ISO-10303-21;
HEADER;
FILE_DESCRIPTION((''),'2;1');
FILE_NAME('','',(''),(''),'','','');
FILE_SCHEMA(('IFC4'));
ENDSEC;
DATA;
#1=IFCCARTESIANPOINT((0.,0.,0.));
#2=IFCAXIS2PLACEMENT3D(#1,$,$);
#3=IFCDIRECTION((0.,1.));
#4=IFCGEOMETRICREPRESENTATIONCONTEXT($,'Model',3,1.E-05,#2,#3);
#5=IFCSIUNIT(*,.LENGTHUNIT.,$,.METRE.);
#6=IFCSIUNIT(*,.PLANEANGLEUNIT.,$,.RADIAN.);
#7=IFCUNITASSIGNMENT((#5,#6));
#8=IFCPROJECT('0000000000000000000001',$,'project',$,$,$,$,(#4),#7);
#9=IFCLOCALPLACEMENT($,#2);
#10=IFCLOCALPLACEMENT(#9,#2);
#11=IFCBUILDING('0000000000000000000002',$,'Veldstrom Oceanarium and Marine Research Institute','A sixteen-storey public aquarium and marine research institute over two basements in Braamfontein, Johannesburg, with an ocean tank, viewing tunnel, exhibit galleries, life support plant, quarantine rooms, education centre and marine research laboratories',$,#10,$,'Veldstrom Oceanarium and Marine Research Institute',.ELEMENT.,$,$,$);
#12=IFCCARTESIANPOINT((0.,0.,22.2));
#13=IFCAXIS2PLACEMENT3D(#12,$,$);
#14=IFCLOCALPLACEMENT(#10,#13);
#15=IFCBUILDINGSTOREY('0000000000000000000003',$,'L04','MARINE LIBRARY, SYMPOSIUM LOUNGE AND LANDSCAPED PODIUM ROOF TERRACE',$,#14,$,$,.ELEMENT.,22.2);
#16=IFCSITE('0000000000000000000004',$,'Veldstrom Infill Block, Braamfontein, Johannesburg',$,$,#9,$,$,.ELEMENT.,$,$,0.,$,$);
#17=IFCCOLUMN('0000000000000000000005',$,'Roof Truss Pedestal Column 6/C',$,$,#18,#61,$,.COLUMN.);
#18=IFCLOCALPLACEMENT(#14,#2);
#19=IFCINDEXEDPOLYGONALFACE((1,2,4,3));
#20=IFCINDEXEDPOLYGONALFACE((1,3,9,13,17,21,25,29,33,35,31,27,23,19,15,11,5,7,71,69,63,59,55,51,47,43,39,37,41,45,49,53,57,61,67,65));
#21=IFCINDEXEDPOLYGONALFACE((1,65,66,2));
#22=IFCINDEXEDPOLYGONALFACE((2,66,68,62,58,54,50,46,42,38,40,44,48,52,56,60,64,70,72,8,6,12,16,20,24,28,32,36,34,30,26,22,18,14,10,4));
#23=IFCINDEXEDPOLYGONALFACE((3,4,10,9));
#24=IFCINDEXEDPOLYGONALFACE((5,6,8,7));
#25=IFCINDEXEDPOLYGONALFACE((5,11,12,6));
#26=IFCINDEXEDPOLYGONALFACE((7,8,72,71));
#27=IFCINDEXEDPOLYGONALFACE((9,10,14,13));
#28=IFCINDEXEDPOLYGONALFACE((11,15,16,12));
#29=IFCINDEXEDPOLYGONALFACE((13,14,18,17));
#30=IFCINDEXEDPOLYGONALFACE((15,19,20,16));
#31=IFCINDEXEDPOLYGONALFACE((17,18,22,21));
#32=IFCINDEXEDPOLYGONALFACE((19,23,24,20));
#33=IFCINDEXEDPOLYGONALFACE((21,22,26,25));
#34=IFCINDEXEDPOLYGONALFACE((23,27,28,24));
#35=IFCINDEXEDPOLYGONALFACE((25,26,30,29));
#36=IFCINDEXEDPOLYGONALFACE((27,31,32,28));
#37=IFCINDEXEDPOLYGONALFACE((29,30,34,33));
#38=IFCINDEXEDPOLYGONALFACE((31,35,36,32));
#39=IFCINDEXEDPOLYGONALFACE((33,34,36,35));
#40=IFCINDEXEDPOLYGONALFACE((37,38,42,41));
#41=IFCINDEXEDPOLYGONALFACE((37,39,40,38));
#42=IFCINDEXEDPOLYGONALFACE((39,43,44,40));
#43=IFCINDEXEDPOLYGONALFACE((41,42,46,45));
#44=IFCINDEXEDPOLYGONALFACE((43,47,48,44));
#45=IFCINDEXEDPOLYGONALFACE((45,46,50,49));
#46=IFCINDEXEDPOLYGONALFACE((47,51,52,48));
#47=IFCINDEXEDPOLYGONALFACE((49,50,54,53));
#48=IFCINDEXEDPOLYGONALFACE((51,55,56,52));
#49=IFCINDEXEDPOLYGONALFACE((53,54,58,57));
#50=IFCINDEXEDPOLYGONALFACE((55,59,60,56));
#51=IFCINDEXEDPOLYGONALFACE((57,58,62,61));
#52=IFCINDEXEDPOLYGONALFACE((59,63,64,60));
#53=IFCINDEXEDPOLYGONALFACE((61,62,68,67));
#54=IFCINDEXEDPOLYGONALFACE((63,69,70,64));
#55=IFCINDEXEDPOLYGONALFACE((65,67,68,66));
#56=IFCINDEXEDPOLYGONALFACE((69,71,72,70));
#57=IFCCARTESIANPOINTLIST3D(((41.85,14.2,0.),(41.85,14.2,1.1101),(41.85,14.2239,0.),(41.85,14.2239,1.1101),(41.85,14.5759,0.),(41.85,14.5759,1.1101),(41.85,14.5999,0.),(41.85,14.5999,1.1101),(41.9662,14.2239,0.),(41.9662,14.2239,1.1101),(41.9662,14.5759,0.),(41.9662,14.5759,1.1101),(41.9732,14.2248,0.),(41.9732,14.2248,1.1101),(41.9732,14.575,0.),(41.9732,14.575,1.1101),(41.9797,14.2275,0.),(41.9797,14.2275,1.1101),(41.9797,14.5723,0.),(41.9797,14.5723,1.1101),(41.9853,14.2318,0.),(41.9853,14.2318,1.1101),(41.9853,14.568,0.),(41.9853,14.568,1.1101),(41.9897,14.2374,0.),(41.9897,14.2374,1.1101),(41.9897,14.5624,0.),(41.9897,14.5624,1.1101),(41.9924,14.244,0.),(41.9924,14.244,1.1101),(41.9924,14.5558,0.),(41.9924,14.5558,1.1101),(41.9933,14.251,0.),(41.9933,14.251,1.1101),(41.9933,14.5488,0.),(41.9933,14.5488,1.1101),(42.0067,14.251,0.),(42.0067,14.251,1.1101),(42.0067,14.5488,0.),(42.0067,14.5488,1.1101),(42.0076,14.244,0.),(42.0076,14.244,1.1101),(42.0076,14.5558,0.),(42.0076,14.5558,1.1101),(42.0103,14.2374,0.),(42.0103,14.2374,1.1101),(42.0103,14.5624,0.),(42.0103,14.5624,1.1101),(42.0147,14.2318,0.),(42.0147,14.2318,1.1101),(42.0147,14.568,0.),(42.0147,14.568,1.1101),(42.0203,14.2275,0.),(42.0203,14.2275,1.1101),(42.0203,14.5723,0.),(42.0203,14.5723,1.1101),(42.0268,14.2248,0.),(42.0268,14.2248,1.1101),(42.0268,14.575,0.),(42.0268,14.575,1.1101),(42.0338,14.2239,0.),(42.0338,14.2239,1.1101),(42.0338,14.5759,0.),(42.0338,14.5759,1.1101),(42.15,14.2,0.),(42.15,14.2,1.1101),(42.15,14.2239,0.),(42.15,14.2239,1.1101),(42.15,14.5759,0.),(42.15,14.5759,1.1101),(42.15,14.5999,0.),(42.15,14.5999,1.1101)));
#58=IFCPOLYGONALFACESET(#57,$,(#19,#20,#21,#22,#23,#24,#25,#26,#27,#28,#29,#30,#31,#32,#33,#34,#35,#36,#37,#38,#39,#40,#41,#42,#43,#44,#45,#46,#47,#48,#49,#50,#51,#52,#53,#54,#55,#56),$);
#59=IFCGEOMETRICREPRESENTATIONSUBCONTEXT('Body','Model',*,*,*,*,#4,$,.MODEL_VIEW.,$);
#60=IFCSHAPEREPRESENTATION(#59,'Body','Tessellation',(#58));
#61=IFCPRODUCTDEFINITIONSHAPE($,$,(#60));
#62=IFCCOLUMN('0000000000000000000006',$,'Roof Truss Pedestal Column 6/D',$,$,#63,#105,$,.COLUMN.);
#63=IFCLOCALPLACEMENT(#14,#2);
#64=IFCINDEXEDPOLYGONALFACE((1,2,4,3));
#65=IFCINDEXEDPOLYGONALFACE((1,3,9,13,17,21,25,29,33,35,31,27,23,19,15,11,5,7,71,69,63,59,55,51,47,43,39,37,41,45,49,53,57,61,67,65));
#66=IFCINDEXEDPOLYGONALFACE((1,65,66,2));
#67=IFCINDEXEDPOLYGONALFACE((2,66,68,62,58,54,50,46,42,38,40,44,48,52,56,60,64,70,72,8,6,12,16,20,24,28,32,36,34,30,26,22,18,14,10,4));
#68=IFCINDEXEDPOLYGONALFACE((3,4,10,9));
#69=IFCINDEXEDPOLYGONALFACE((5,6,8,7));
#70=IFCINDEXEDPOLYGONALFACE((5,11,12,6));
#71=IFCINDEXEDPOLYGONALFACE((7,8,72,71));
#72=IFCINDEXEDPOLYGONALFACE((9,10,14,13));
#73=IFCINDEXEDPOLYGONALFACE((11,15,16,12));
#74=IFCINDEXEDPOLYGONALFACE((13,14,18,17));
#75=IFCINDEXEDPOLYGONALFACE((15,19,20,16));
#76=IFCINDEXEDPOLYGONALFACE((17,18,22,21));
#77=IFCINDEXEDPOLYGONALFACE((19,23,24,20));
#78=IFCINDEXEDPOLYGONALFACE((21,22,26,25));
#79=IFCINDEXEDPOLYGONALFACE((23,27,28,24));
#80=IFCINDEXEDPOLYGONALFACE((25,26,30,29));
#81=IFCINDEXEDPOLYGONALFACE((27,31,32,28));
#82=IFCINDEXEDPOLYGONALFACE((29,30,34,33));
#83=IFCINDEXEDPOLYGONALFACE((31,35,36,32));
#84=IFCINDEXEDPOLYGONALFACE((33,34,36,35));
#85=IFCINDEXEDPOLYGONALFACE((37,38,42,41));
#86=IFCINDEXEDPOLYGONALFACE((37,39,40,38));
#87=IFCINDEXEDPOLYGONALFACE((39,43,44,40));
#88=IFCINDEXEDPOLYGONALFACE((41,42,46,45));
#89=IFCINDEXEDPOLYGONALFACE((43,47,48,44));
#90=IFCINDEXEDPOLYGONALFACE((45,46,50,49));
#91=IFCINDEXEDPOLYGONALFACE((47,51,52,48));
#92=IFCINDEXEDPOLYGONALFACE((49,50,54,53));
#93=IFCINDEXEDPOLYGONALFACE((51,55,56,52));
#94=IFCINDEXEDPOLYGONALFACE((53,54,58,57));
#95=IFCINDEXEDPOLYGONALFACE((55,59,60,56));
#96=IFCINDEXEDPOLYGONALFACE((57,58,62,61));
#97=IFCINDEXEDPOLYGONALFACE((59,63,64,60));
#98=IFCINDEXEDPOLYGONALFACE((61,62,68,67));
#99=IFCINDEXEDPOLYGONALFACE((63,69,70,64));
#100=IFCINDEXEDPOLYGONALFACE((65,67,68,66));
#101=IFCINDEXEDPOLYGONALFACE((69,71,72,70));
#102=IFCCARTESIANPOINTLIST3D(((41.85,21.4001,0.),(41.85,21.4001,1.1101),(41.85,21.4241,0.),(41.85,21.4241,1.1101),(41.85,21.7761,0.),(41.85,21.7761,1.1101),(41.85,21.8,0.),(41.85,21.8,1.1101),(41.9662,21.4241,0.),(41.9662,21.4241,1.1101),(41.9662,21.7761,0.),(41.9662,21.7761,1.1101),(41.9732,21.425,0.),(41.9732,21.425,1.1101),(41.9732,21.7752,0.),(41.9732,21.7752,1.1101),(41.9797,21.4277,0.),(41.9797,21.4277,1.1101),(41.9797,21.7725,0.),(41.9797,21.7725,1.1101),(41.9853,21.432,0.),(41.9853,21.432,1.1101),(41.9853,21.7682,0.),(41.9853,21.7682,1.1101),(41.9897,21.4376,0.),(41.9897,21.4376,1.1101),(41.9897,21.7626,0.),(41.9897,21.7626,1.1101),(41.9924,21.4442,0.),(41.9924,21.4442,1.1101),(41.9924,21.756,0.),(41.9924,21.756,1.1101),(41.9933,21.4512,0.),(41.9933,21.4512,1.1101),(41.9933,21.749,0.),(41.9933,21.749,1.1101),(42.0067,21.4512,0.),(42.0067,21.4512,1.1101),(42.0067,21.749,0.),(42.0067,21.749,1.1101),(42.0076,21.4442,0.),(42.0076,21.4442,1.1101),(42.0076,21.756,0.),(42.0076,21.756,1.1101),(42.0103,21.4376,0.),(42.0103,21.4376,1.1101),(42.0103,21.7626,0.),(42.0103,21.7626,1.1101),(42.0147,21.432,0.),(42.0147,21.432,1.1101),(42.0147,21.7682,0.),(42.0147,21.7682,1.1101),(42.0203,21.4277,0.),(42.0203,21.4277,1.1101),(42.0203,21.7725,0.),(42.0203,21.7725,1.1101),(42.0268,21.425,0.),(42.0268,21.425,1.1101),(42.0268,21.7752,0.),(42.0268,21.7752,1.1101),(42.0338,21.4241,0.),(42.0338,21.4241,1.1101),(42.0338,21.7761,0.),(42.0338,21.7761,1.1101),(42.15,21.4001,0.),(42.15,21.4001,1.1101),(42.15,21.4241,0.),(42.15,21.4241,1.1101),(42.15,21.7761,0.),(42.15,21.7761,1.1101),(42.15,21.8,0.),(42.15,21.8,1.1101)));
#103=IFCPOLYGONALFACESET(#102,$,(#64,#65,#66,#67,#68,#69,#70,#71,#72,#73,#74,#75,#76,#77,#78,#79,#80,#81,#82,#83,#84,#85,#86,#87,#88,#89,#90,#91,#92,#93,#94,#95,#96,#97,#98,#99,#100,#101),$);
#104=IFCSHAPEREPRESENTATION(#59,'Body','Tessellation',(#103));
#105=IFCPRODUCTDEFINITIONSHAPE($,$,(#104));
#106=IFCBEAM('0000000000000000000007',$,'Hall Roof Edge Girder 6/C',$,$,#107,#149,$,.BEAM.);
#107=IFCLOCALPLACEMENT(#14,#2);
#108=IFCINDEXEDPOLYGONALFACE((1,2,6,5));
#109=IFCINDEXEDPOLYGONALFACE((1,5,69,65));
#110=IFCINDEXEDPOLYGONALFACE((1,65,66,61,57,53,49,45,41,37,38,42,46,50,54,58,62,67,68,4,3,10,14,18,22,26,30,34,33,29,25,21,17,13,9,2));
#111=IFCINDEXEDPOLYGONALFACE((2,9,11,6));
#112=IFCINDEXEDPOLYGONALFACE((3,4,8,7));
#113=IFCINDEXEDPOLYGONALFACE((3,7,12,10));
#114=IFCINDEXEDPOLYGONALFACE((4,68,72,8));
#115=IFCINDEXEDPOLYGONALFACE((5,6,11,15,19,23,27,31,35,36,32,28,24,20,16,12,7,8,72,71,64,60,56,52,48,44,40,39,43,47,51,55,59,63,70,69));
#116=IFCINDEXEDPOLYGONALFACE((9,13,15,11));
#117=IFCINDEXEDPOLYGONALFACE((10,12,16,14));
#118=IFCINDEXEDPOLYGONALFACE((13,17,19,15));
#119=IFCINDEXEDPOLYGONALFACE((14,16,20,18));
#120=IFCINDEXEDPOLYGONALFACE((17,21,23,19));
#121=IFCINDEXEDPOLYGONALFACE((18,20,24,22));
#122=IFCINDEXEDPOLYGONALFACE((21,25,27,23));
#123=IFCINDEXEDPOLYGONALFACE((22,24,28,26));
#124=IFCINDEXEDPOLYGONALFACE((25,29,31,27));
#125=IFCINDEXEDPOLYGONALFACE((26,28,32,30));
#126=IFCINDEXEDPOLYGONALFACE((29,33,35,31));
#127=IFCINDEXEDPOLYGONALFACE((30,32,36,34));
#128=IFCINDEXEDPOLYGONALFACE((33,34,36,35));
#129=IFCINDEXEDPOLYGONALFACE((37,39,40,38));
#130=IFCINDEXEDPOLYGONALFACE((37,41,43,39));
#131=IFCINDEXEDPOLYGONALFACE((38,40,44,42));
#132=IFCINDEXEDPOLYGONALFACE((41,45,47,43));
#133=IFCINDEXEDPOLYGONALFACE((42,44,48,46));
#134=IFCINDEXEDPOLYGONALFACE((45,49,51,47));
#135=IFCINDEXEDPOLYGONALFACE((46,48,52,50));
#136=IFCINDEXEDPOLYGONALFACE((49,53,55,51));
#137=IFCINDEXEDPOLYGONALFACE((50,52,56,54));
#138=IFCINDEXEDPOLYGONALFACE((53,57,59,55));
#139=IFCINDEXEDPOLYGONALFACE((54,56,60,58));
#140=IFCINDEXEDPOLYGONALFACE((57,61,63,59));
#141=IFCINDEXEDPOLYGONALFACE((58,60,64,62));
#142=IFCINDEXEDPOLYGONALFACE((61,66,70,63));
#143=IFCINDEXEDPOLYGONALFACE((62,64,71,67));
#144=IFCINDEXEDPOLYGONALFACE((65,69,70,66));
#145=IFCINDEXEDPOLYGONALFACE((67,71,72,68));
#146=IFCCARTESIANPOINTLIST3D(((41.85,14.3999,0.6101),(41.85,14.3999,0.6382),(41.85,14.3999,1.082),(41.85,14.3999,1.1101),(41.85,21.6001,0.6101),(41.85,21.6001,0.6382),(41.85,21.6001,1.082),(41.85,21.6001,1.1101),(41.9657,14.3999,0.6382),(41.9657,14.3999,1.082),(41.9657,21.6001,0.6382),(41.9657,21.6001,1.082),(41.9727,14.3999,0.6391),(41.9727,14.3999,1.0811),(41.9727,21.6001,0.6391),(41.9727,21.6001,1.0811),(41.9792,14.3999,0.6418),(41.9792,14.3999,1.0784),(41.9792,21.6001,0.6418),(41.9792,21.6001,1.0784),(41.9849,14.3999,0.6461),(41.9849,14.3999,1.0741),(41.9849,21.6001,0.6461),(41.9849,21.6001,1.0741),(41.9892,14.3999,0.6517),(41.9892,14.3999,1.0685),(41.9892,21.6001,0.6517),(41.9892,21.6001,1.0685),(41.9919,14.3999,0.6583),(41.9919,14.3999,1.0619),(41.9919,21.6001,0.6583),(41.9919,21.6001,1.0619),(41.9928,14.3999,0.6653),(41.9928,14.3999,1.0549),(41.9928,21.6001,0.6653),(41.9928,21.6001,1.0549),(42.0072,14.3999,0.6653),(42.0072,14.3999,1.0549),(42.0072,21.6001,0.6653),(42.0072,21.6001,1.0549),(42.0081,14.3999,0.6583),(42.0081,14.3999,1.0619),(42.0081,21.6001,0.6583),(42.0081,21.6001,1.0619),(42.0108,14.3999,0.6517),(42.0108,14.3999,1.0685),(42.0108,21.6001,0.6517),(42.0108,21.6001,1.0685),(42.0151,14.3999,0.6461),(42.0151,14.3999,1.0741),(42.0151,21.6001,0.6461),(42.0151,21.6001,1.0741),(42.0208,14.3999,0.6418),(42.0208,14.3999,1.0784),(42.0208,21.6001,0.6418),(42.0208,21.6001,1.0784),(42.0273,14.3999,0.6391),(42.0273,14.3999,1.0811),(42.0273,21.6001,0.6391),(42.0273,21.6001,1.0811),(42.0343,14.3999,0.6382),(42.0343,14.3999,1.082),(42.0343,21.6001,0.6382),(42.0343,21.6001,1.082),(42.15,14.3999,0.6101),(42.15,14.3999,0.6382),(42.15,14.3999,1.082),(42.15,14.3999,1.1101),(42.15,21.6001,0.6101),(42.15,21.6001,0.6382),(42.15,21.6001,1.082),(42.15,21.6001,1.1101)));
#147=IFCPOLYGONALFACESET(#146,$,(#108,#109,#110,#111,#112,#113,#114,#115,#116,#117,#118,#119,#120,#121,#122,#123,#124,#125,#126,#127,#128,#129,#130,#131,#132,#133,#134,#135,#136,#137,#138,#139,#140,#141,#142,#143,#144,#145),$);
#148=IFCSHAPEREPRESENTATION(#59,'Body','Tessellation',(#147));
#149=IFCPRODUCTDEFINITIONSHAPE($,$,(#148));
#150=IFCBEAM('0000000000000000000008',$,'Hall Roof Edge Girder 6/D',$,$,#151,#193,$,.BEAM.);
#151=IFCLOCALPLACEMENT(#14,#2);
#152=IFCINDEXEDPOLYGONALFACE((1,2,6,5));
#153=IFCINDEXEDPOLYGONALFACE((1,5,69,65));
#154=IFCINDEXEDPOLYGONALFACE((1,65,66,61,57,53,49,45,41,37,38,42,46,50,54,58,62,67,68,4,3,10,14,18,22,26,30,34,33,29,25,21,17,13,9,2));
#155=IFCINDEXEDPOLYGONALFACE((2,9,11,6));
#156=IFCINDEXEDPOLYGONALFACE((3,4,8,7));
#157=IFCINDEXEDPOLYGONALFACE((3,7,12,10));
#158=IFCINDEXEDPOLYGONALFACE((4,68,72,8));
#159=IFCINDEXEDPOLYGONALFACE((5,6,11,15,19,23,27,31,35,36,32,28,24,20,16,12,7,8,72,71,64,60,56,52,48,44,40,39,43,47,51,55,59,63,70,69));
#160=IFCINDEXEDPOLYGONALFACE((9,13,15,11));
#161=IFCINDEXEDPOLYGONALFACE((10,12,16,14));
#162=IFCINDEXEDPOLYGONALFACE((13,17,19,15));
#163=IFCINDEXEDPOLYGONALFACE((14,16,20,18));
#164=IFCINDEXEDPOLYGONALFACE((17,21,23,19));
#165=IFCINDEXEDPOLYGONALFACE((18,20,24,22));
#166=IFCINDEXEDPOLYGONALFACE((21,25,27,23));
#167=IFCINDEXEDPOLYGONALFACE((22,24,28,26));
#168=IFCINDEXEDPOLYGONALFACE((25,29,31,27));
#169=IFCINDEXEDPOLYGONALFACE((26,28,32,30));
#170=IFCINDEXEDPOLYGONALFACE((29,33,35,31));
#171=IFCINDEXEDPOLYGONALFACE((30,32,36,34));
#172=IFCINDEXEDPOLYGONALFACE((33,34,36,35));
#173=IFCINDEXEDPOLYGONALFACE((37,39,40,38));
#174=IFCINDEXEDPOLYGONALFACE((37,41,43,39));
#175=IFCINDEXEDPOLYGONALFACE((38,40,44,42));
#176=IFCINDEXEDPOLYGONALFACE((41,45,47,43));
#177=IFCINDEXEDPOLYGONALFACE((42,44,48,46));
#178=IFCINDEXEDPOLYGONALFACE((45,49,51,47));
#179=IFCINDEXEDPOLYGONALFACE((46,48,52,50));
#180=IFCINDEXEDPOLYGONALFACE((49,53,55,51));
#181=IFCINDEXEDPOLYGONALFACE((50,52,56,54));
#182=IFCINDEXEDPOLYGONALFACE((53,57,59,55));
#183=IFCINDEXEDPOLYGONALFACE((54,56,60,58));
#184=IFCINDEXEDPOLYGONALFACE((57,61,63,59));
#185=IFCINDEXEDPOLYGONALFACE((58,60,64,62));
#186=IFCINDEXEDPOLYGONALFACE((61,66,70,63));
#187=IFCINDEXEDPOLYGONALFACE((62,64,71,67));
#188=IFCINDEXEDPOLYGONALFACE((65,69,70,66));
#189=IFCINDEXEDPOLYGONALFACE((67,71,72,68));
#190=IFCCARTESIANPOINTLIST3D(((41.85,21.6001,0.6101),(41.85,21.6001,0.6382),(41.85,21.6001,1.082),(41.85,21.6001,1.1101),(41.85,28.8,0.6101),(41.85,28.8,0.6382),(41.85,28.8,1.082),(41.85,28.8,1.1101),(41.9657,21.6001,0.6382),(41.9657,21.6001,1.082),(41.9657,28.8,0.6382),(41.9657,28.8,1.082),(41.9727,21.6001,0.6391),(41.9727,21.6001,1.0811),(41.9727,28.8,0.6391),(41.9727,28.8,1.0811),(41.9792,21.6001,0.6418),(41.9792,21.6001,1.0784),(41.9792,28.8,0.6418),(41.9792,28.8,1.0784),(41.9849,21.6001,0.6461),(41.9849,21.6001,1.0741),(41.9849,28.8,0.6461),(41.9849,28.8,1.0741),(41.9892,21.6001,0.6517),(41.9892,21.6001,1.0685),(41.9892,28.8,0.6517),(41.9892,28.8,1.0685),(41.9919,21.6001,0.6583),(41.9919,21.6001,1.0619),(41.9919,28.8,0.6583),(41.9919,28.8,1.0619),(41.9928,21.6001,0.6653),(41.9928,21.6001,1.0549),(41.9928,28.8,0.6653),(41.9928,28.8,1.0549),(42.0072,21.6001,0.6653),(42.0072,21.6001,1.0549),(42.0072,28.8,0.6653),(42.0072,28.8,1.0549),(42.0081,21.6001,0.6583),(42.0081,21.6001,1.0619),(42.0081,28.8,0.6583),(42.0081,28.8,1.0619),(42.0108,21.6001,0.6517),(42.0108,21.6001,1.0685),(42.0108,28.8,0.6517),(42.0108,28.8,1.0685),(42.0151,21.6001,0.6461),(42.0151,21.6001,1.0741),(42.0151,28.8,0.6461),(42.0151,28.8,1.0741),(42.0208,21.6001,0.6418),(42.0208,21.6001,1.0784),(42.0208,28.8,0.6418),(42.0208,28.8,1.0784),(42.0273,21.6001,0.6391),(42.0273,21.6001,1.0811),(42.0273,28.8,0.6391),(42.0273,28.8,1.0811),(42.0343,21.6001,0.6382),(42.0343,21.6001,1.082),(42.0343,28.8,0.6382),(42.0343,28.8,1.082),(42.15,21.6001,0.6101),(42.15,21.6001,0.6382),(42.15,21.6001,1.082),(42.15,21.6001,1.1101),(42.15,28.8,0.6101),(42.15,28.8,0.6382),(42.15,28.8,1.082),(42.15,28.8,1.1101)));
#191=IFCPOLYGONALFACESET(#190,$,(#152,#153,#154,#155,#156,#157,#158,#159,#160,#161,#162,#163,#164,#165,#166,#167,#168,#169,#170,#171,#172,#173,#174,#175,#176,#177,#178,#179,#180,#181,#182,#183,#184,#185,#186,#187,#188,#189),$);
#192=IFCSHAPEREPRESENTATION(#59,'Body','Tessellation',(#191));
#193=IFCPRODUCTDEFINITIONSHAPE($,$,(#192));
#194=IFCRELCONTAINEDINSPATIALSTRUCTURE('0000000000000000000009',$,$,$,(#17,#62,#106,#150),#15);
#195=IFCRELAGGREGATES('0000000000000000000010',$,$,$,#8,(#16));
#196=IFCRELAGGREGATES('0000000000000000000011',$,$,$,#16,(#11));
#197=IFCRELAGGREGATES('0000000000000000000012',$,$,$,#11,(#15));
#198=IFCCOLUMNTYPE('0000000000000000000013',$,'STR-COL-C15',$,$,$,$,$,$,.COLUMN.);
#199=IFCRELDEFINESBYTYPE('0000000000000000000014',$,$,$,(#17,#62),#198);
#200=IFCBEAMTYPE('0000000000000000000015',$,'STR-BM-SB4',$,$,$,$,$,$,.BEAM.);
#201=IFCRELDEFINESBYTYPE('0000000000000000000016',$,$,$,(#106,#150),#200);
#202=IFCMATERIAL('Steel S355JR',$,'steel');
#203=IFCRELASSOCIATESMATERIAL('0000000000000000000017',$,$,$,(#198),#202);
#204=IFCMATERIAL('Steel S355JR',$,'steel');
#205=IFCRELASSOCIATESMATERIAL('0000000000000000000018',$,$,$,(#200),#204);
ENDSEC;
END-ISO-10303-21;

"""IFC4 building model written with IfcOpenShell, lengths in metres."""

from ifc_helpers import new_model, si_unit, direction, frame, origin, origin_2d, place, context, subcontext, project, spatial, i_section, extrude, material, material_profile, profile_set, type_object, element, save


model = new_model("IFC4")

# Units and contexts
model_context = context("Model", 3, precision=1e-05, world=origin(), true_north=direction((0.0, 1.0)))
body_context = subcontext(model_context, "Body", "Model", "MODEL_VIEW")
ifc_project = project(units=[si_unit("LENGTHUNIT", "METRE"), si_unit("PLANEANGLEUNIT", "RADIAN")], contexts=[model_context])

# Site, building, storey
site_placement = place(None, origin())
site = spatial("IfcSite", under=ifc_project, at=site_placement, Name="Veldstrom Infill Block, Braamfontein, Johannesburg", CompositionType="ELEMENT", RefElevation=0.0)
building_placement = place(site_placement, origin())
building = spatial("IfcBuilding", under=site, at=building_placement, Name="Veldstrom Oceanarium and Marine Research Institute", Description="A sixteen-storey public aquarium and marine research institute over two basements in Braamfontein, Johannesburg, with an ocean tank, viewing tunnel, exhibit galleries, life support plant, quarantine rooms, education centre and marine research laboratories", LongName="Veldstrom Oceanarium and Marine Research Institute", CompositionType="ELEMENT")
storey_placement = place(building_placement, frame((0.0, 0.0, 22.2)))
storey = spatial("IfcBuildingStorey", under=building, at=storey_placement, Name="L04", Description="MARINE LIBRARY, SYMPOSIUM LOUNGE AND LANDSCAPED PODIUM ROOF TERRACE", CompositionType="ELEMENT", Elevation=22.2)

# Columns
ifc_material_1 = material(Name="Steel S355JR", Category="steel")
ifc_material_profile_1 = material_profile(ifc_material_1, i_section(OverallWidth=0.3, OverallDepth=0.3999, WebThickness=0.0134, FlangeThickness=0.0239, FilletRadius=0.0271, at=origin_2d()), Name="HEB 400")
ifc_profile_set_1 = profile_set([ifc_material_profile_1], Name="Steel S355JR")
column_type = type_object("IfcColumnType", Name="STR-COL-C15", PredefinedType="COLUMN", material=ifc_profile_set_1)
for number, where, z_axis, x_axis, name in (
    (1, (42.0, 14.3999, 0.0), (0.0, 0.0, 1.0), (1.0, 0.0, 0.0), "Roof Truss Pedestal Column 6/C"),
    (2, (42.0, 21.6001, 0.0), (0.0, 0.0, 1.0), (1.0, 0.0, 0.0), "Roof Truss Pedestal Column 6/D"),
):
    element("IfcColumn", number, at=place(storey_placement, frame(where, z_axis=z_axis, x_axis=x_axis)), inside=storey, type_object=column_type, Name=name, PredefinedType="COLUMN", context=body_context, shape_type="SweptSolid", body=[
        extrude(i_section(OverallWidth=0.3, OverallDepth=0.3999, WebThickness=0.0134, FlangeThickness=0.0239, FilletRadius=0.0271, at=origin_2d()), origin(), (0.0, 0.0, 1.0), 1.1101),
    ])

# Beams
ifc_material_2 = material(Name="Steel S355JR", Category="steel")
ifc_material_profile_2 = material_profile(ifc_material_2, i_section(OverallWidth=0.3, OverallDepth=0.5, WebThickness=0.0144, FlangeThickness=0.0281, FilletRadius=0.0271, at=origin_2d()), Name="HEB 500")
ifc_profile_set_2 = profile_set([ifc_material_profile_2], Name="Steel S355JR")
beam_type = type_object("IfcBeamType", Name="STR-BM-SB4", PredefinedType="BEAM", material=ifc_profile_set_2)
beam_1_placement = place(storey_placement, frame((42.0, 14.3999, 0.8601), z_axis=(0.0, 1.0, 0.0), x_axis=(-1.0, 0.0, 0.0)))
element("IfcBeam", 3, at=beam_1_placement, inside=storey, type_object=beam_type, Name="Hall Roof Edge Girder 6/C", PredefinedType="BEAM", context=body_context, shape_type="SweptSolid", body=[
    extrude(i_section(OverallWidth=0.3, OverallDepth=0.5, WebThickness=0.0144, FlangeThickness=0.0281, FilletRadius=0.0271, at=origin_2d()), origin(), (0.0, 0.0, 1.0), 7.2002),
])
beam_2_placement = place(storey_placement, frame((42.0, 21.6001, 0.8601), z_axis=(0.0, 1.0, 0.0), x_axis=(-1.0, 0.0, 0.0)))
element("IfcBeam", 4, at=beam_2_placement, inside=storey, type_object=beam_type, Name="Hall Roof Edge Girder 6/D", PredefinedType="BEAM", context=body_context, shape_type="SweptSolid", body=[
    extrude(i_section(OverallWidth=0.3, OverallDepth=0.5, WebThickness=0.0144, FlangeThickness=0.0281, FilletRadius=0.0271, at=origin_2d()), origin(), (0.0, 0.0, 1.0), 7.2),
])

save(model, "model.ifc")
